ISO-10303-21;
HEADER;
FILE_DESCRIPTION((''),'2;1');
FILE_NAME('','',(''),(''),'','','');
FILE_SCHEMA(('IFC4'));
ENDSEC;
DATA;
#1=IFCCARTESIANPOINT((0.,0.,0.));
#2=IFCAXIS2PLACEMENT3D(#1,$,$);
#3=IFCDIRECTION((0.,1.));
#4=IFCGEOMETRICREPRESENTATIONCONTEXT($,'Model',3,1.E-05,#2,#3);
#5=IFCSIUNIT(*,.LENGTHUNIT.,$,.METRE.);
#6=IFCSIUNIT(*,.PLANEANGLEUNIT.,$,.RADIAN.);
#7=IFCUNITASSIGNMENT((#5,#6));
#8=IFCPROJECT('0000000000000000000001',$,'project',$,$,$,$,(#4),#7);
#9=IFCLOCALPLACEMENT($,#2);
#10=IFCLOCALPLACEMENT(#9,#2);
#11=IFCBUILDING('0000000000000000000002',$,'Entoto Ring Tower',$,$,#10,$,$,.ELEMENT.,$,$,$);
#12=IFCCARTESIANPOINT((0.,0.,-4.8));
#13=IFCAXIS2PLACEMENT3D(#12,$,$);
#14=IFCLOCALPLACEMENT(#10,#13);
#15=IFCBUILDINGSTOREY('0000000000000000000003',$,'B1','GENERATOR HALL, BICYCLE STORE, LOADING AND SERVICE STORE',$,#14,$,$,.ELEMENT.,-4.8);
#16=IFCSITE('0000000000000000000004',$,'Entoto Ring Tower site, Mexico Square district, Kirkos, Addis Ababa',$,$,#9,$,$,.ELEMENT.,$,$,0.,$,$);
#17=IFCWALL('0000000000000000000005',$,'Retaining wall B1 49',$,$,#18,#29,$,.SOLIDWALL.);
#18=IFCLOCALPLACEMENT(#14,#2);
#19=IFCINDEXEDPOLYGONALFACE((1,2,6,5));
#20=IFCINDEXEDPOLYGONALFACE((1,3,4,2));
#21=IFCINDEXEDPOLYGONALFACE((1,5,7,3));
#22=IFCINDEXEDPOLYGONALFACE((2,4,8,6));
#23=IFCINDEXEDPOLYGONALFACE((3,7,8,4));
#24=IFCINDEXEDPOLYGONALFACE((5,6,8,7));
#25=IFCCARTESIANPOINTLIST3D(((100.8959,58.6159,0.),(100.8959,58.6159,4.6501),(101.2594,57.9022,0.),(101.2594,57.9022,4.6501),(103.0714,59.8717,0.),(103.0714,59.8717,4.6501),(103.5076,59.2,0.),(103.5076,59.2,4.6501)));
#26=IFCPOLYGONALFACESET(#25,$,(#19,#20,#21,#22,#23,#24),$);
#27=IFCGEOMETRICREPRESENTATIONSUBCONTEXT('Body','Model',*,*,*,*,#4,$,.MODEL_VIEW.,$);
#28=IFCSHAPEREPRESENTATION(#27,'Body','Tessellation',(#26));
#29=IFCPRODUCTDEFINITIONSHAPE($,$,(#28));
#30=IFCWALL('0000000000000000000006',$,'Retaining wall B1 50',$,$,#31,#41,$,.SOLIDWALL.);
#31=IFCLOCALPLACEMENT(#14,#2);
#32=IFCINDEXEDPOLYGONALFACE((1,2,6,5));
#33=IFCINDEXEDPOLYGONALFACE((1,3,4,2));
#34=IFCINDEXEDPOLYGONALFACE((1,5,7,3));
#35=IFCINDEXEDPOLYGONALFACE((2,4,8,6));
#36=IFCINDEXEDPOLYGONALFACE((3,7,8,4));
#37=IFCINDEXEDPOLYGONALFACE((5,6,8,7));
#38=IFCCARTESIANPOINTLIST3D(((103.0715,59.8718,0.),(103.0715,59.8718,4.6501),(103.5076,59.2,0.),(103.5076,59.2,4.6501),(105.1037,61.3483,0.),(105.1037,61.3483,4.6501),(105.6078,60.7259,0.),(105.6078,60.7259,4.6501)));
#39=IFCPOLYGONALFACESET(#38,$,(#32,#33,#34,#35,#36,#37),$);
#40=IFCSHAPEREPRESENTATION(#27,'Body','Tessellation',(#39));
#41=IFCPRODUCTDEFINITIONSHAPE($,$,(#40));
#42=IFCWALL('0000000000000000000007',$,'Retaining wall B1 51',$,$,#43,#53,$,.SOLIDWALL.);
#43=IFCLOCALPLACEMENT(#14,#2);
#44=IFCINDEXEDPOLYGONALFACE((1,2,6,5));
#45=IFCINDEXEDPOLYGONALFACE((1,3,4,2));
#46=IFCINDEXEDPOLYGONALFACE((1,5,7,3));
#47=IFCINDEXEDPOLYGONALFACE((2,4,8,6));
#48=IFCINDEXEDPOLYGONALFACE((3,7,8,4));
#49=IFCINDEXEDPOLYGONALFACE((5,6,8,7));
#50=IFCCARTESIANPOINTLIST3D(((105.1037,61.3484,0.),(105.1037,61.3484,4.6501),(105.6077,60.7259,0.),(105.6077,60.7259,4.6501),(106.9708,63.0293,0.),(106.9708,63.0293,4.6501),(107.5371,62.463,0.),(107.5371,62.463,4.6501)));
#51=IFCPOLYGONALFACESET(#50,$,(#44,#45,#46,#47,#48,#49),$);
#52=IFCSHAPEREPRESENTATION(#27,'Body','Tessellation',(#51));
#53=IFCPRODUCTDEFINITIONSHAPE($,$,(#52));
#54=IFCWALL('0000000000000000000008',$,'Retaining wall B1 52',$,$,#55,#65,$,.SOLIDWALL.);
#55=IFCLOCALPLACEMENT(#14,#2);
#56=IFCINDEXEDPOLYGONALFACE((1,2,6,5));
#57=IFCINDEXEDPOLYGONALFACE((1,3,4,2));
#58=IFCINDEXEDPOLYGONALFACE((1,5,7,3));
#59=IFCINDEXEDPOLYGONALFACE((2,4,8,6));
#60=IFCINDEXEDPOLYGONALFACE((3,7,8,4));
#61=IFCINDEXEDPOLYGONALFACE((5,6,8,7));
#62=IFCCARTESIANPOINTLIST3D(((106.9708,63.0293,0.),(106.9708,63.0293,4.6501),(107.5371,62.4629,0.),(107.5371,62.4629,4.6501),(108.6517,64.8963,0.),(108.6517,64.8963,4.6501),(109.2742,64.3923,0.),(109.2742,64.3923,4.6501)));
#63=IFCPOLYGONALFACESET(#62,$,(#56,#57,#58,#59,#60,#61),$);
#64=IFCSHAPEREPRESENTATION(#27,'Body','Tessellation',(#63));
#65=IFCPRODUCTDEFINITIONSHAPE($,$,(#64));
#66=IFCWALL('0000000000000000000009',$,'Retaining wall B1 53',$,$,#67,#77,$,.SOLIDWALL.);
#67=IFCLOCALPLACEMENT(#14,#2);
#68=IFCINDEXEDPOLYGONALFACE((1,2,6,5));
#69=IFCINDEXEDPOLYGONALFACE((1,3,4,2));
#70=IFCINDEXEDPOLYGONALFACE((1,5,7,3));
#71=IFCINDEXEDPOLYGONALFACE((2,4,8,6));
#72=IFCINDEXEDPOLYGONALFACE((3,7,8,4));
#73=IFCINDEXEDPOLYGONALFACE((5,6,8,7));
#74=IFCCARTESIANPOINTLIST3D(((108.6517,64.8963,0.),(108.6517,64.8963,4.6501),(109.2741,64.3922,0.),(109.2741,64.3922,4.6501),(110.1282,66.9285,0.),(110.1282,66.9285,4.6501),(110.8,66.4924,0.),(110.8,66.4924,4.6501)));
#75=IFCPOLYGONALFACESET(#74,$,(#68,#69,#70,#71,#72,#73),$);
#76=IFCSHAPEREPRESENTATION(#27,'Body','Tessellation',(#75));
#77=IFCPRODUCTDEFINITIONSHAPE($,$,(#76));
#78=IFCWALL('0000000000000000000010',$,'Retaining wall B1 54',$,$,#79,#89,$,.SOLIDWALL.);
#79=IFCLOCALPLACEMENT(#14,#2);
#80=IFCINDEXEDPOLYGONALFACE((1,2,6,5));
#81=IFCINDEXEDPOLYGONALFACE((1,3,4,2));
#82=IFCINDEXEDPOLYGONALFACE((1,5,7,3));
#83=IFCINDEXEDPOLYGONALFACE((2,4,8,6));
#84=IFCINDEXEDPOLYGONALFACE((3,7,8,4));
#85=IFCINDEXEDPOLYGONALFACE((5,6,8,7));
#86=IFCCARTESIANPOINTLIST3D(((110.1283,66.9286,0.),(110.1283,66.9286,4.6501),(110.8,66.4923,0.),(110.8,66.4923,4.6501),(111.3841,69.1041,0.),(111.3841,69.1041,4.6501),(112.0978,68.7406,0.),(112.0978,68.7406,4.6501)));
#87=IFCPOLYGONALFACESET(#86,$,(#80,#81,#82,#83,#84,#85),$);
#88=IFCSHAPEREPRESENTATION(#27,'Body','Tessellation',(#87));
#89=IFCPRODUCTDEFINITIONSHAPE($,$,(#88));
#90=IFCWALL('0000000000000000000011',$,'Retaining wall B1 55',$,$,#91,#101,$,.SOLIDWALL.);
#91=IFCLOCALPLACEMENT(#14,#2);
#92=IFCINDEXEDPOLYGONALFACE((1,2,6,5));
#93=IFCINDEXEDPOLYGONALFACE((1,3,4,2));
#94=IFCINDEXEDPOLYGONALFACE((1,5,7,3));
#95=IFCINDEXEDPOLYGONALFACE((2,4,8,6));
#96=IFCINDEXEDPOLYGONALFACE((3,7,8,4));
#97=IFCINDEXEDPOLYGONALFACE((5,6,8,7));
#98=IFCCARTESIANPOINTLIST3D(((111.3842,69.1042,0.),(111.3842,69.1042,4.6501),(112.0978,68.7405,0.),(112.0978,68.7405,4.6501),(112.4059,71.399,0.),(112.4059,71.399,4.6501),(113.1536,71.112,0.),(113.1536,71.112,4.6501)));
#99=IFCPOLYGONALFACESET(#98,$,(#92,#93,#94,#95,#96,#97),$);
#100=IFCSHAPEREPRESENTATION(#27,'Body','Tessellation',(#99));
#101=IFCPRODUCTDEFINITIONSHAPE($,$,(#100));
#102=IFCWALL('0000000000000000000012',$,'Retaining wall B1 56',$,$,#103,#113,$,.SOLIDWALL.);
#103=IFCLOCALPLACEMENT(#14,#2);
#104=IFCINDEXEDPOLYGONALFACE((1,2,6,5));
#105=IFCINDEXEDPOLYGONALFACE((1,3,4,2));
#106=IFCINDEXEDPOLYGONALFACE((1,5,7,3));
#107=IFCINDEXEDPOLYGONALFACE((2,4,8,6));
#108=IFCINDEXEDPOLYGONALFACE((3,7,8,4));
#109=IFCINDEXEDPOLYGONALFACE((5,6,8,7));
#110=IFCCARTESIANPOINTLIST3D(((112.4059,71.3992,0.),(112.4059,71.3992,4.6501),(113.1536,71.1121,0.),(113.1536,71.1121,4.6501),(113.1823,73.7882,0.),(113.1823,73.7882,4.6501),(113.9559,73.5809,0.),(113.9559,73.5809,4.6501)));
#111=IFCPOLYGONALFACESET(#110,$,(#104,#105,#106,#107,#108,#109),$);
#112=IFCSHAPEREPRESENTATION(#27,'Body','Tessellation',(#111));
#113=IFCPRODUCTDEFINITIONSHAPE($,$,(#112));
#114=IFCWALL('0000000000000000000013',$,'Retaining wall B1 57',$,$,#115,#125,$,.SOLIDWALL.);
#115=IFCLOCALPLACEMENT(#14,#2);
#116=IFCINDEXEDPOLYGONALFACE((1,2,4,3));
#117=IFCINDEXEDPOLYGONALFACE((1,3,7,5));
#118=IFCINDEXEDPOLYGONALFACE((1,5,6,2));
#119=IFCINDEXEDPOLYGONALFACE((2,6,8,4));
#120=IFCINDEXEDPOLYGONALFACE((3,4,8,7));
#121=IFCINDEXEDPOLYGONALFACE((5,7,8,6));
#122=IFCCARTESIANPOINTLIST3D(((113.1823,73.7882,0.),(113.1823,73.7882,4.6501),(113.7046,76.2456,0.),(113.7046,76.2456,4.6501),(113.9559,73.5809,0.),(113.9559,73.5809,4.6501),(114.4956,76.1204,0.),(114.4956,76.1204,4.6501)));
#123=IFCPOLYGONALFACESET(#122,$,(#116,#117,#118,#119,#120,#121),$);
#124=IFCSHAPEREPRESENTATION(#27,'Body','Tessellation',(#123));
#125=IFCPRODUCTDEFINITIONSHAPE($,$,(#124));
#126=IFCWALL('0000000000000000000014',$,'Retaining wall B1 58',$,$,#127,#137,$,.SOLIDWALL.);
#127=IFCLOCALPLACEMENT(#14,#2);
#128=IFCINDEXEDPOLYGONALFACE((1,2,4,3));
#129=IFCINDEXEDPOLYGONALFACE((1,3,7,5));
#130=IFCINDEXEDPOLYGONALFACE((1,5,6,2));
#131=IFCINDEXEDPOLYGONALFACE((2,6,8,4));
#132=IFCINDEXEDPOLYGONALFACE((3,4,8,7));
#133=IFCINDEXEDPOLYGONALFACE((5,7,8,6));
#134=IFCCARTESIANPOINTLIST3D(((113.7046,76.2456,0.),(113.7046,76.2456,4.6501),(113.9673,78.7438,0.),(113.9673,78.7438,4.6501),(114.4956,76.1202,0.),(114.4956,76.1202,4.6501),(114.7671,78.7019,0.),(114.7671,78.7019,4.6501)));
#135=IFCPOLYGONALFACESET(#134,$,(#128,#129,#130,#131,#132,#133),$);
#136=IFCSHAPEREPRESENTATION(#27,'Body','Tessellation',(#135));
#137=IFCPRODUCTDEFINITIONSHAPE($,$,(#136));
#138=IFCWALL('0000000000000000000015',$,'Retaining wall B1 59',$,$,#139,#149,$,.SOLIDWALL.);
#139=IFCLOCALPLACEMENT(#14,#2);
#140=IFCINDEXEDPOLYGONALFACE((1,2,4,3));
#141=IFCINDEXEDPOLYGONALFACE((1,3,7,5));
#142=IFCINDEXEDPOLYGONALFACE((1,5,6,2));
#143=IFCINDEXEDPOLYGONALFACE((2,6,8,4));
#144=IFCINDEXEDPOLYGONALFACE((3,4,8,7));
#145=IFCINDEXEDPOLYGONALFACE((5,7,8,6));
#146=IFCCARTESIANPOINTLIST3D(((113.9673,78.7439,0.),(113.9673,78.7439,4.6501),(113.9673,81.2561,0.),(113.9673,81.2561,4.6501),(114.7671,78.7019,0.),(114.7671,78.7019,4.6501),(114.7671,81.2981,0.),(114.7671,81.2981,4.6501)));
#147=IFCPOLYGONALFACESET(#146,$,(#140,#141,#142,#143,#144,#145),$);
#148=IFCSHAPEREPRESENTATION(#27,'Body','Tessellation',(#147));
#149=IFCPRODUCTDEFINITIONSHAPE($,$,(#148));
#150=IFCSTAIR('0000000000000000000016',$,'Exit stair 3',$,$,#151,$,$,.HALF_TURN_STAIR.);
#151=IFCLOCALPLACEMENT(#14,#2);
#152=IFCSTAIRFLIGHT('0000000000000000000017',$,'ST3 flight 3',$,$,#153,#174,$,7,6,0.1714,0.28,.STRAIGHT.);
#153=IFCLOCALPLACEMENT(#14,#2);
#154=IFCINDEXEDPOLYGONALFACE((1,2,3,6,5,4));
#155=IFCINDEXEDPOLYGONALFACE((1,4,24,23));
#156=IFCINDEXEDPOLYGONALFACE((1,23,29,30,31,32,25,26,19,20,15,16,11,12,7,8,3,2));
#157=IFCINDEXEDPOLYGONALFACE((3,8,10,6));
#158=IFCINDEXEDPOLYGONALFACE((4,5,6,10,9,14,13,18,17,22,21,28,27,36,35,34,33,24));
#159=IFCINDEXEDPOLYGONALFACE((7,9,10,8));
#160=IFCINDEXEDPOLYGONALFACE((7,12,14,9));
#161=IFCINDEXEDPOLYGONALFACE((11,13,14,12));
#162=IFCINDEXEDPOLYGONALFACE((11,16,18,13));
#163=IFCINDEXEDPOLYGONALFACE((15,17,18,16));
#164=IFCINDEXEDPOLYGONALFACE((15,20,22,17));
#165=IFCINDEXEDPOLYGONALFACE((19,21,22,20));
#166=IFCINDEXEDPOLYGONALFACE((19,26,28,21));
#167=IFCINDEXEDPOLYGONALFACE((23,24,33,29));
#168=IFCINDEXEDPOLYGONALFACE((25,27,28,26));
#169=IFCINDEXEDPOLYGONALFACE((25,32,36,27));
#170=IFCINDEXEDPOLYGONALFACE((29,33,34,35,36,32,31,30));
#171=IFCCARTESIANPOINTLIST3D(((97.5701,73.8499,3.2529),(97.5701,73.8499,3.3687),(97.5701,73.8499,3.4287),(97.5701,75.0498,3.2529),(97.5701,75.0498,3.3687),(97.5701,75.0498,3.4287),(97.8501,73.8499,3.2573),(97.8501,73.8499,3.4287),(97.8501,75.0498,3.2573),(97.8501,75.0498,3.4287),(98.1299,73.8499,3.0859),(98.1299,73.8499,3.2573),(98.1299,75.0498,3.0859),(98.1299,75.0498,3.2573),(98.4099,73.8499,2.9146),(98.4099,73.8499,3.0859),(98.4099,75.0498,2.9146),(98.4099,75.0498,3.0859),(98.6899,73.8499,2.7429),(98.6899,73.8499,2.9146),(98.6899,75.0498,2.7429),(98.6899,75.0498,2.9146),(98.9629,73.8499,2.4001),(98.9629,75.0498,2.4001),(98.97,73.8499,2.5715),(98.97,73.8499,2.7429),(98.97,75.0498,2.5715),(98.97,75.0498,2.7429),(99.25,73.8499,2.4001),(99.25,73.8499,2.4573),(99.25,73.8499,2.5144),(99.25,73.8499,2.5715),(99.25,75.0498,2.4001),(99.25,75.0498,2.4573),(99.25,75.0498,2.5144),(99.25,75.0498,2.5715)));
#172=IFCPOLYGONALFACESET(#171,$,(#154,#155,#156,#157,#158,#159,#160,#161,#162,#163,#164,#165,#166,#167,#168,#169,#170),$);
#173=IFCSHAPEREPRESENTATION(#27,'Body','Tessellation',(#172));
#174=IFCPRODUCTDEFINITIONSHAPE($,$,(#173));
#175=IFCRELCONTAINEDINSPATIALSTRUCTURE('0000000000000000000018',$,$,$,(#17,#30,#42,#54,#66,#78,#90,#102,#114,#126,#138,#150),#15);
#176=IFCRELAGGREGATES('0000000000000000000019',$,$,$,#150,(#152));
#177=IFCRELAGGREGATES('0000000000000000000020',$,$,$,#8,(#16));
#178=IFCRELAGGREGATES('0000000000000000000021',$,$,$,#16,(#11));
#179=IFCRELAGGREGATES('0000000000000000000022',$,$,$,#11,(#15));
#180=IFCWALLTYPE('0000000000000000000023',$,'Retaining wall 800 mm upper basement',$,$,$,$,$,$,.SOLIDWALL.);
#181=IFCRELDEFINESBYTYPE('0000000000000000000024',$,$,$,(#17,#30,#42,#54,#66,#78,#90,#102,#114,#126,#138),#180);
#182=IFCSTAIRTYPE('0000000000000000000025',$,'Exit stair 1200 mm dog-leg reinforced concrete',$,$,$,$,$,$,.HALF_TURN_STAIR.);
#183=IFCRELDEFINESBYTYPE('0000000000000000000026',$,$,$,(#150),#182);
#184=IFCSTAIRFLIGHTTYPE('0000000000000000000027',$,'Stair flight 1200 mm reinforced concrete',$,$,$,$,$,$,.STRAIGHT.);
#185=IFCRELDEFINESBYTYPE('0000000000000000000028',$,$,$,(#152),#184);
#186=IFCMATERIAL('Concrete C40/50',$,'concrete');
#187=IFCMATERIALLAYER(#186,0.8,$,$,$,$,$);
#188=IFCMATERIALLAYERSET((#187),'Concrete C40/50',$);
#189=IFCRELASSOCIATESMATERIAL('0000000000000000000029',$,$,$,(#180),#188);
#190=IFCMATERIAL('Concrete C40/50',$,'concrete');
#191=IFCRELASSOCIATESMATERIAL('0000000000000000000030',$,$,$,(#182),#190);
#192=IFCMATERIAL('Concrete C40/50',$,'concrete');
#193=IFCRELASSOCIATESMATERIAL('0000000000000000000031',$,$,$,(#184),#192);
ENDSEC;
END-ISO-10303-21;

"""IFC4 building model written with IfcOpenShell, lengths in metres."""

from ifc_helpers import new_model, si_unit, direction, frame, origin, place, context, subcontext, project, spatial, polyline, outline, extrude, material, layer, layer_set, type_object, element, aggregate, save


model = new_model("IFC4")

# Units and contexts
model_context = context("Model", 3, precision=1e-05, world=origin(), true_north=direction((0.0, 1.0)))
body_context = subcontext(model_context, "Body", "Model", "MODEL_VIEW")
ifc_project = project(units=[si_unit("LENGTHUNIT", "METRE"), si_unit("PLANEANGLEUNIT", "RADIAN")], contexts=[model_context])

# Site, building, storey
site_placement = place(None, origin())
site = spatial("IfcSite", under=ifc_project, at=site_placement, Name="Entoto Ring Tower site, Mexico Square district, Kirkos, Addis Ababa", CompositionType="ELEMENT", RefElevation=0.0)
building_placement = place(site_placement, origin())
building = spatial("IfcBuilding", under=site, at=building_placement, Name="Entoto Ring Tower", CompositionType="ELEMENT")
storey_placement = place(building_placement, frame((0.0, 0.0, -4.8)))
storey = spatial("IfcBuildingStorey", under=building, at=storey_placement, Name="B1", Description="GENERATOR HALL, BICYCLE STORE, LOADING AND SERVICE STORE", CompositionType="ELEMENT", Elevation=-4.8)

# Walls
ifc_material_1 = material(Name="Concrete C40/50", Category="concrete")
ifc_layer_1 = layer(ifc_material_1, 0.8)
ifc_layer_set_1 = layer_set([ifc_layer_1], Name="Concrete C40/50")
wall_type_1 = type_object("IfcWallType", Name="Retaining wall 800 mm upper basement", PredefinedType="SOLIDWALL", material=ifc_layer_set_1)
for number, where, z_axis, x_axis, name in (
    (1, (101.0776, 58.259, 0.0), (0.0, 0.0, 1.0), (0.866058, 0.499943, 0.0), "Retaining wall B1 49"),
    (2, (103.2896, 59.5359, 0.0), (0.0, 0.0, 1.0), (0.809005, 0.587802, 0.0), "Retaining wall B1 50"),
):
    element("IfcWall", number, at=place(storey_placement, frame(where, z_axis=z_axis, x_axis=x_axis)), inside=storey, type_object=wall_type_1, Name=name, PredefinedType="SOLIDWALL", context=body_context, shape_type="SweptSolid", body=[
        extrude(outline(polyline([(-0.021, -0.3999), (2.575, -0.3999), (2.533, 0.3999), (0.021, 0.3999), (-0.021, -0.3999)])), origin(), (0.0, 0.0, 1.0), 4.6501),
    ])
for number, where, z_axis, x_axis, name in (
    (3, (105.3557, 61.0371, 0.0), (0.0, 0.0, 1.0), (0.743175, 0.669097, 0.0), "Retaining wall B1 51"),
    (4, (107.2539, 62.7461, 0.0), (0.0, 0.0, 1.0), (0.669097, 0.743175, 0.0), "Retaining wall B1 52"),
):
    element("IfcWall", number, at=place(storey_placement, frame(where, z_axis=z_axis, x_axis=x_axis)), inside=storey, type_object=wall_type_1, Name=name, PredefinedType="SOLIDWALL", context=body_context, shape_type="SweptSolid", body=[
        extrude(outline(polyline([(-0.021, -0.3999), (2.5752, -0.3999), (2.5332, 0.3999), (0.021, 0.3999), (-0.021, -0.3999)])), origin(), (0.0, 0.0, 1.0), 4.6501),
    ])
for number, where, z_axis, x_axis, name in (
    (5, (108.9629, 64.6443, 0.0), (0.0, 0.0, 1.0), (0.587802, 0.809005, 0.0), "Retaining wall B1 53"),
    (6, (110.4641, 66.7104, 0.0), (0.0, 0.0, 1.0), (0.499943, 0.866058, 0.0), "Retaining wall B1 54"),
    (7, (111.741, 68.9224, 0.0), (0.0, 0.0, 1.0), (0.406733, 0.913547, 0.0), "Retaining wall B1 55"),
    (8, (112.7798, 71.2556, 0.0), (0.0, 0.0, 1.0), (0.309049, 0.951046, 0.0), "Retaining wall B1 56"),
):
    element("IfcWall", number, at=place(storey_placement, frame(where, z_axis=z_axis, x_axis=x_axis)), inside=storey, type_object=wall_type_1, Name=name, PredefinedType="SOLIDWALL", context=body_context, shape_type="SweptSolid", body=[
        extrude(outline(polyline([(-0.021, -0.3999), (2.575, -0.3999), (2.533, 0.3999), (0.021, 0.3999), (-0.021, -0.3999)])), origin(), (0.0, 0.0, 1.0), 4.6501),
    ])
wall_1_placement = place(storey_placement, frame((113.5691, 73.6846, 0.0), z_axis=(0.0, 0.0, 1.0), x_axis=(0.207903, 0.978149, 0.0)))
element("IfcWall", 9, at=wall_1_placement, inside=storey, type_object=wall_type_1, Name="Retaining wall B1 57", PredefinedType="SOLIDWALL", context=body_context, shape_type="SweptSolid", body=[
    extrude(outline(polyline([(-0.021, -0.3999), (2.5752, -0.3999), (2.5332, 0.3999), (0.021, 0.3999), (-0.021, -0.3999)])), origin(), (0.0, 0.0, 1.0), 4.6501),
])
wall_2_placement = place(storey_placement, frame((114.1001, 76.1829, 0.0), z_axis=(0.0, 0.0, 1.0), x_axis=(0.104575, 0.994517, 0.0)))
element("IfcWall", 10, at=wall_2_placement, inside=storey, type_object=wall_type_1, Name="Retaining wall B1 58", PredefinedType="SOLIDWALL", context=body_context, shape_type="SweptSolid", body=[
    extrude(outline(polyline([(-0.021, -0.3999), (2.575, -0.3999), (2.533, 0.3999), (0.021, 0.3999), (-0.021, -0.3999)])), origin(), (0.0, 0.0, 1.0), 4.6501),
])
wall_3_placement = place(storey_placement, frame((114.3672, 78.7229, 0.0), z_axis=(0.0, 0.0, 1.0), x_axis=(0.0, 1.0, 0.0)))
element("IfcWall", 11, at=wall_3_placement, inside=storey, type_object=wall_type_1, Name="Retaining wall B1 59", PredefinedType="SOLIDWALL", context=body_context, shape_type="SweptSolid", body=[
    extrude(outline(polyline([(-0.021, -0.3999), (2.5752, -0.3999), (2.5332, 0.3999), (0.021, 0.3999), (-0.021, -0.3999)])), origin(), (0.0, 0.0, 1.0), 4.6501),
])

# Stair, stair flight
ifc_material_2 = material(Name="Concrete C40/50", Category="concrete")
stair_type = type_object("IfcStairType", Name="Exit stair 1200 mm dog-leg reinforced concrete", PredefinedType="HALF_TURN_STAIR", material=ifc_material_2)
stair_placement = place(storey_placement, origin())
stair = element("IfcStair", 12, at=stair_placement, inside=storey, type_object=stair_type, Name="Exit stair 3", PredefinedType="HALF_TURN_STAIR")
ifc_material_3 = material(Name="Concrete C40/50", Category="concrete")
stair_flight_type = type_object("IfcStairFlightType", Name="Stair flight 1200 mm reinforced concrete", PredefinedType="STRAIGHT", material=ifc_material_3)
stair_flight_placement = place(storey_placement, frame((99.25, 74.45, 2.4001), z_axis=(0.0, 0.0, 1.0), x_axis=(-1.0, 0.0, 0.0)))
stair_flight = element("IfcStairFlight", 13, at=stair_flight_placement, type_object=stair_flight_type, Name="ST3 flight 3", NumberOfRisers=7, NumberOfTreads=6, PredefinedType="STRAIGHT", RiserHeight=0.1714, TreadLength=0.28, context=body_context, shape_type="SweptSolid", body=[
    extrude(outline(polyline([(0.0, 0.0), (0.0, 0.0571), (0.0, 0.1143), (0.0, 0.1714), (0.28, 0.1714), (0.28, 0.3428), (0.5601, 0.3428), (0.5601, 0.5144), (0.8401, 0.5144), (0.8401, 0.6858), (1.1201, 0.6858), (1.1201, 0.8572), (1.3999, 0.8572), (1.3999, 1.0286), (1.6799, 1.0286), (1.6799, 1.2), (1.6799, 1.0842), (1.6799, 0.9685), (1.6799, 0.8528), (0.2871, 0.0), (0.0, 0.0)])), frame((0.0, 0.6001, 0.0), z_axis=(0.0, -1.0, 0.0), x_axis=(1.0, 0.0, 0.0)), (0.0, 0.0, 1.0), 1.2),
])
aggregate(stair, [stair_flight])

save(model, "model.ifc")
